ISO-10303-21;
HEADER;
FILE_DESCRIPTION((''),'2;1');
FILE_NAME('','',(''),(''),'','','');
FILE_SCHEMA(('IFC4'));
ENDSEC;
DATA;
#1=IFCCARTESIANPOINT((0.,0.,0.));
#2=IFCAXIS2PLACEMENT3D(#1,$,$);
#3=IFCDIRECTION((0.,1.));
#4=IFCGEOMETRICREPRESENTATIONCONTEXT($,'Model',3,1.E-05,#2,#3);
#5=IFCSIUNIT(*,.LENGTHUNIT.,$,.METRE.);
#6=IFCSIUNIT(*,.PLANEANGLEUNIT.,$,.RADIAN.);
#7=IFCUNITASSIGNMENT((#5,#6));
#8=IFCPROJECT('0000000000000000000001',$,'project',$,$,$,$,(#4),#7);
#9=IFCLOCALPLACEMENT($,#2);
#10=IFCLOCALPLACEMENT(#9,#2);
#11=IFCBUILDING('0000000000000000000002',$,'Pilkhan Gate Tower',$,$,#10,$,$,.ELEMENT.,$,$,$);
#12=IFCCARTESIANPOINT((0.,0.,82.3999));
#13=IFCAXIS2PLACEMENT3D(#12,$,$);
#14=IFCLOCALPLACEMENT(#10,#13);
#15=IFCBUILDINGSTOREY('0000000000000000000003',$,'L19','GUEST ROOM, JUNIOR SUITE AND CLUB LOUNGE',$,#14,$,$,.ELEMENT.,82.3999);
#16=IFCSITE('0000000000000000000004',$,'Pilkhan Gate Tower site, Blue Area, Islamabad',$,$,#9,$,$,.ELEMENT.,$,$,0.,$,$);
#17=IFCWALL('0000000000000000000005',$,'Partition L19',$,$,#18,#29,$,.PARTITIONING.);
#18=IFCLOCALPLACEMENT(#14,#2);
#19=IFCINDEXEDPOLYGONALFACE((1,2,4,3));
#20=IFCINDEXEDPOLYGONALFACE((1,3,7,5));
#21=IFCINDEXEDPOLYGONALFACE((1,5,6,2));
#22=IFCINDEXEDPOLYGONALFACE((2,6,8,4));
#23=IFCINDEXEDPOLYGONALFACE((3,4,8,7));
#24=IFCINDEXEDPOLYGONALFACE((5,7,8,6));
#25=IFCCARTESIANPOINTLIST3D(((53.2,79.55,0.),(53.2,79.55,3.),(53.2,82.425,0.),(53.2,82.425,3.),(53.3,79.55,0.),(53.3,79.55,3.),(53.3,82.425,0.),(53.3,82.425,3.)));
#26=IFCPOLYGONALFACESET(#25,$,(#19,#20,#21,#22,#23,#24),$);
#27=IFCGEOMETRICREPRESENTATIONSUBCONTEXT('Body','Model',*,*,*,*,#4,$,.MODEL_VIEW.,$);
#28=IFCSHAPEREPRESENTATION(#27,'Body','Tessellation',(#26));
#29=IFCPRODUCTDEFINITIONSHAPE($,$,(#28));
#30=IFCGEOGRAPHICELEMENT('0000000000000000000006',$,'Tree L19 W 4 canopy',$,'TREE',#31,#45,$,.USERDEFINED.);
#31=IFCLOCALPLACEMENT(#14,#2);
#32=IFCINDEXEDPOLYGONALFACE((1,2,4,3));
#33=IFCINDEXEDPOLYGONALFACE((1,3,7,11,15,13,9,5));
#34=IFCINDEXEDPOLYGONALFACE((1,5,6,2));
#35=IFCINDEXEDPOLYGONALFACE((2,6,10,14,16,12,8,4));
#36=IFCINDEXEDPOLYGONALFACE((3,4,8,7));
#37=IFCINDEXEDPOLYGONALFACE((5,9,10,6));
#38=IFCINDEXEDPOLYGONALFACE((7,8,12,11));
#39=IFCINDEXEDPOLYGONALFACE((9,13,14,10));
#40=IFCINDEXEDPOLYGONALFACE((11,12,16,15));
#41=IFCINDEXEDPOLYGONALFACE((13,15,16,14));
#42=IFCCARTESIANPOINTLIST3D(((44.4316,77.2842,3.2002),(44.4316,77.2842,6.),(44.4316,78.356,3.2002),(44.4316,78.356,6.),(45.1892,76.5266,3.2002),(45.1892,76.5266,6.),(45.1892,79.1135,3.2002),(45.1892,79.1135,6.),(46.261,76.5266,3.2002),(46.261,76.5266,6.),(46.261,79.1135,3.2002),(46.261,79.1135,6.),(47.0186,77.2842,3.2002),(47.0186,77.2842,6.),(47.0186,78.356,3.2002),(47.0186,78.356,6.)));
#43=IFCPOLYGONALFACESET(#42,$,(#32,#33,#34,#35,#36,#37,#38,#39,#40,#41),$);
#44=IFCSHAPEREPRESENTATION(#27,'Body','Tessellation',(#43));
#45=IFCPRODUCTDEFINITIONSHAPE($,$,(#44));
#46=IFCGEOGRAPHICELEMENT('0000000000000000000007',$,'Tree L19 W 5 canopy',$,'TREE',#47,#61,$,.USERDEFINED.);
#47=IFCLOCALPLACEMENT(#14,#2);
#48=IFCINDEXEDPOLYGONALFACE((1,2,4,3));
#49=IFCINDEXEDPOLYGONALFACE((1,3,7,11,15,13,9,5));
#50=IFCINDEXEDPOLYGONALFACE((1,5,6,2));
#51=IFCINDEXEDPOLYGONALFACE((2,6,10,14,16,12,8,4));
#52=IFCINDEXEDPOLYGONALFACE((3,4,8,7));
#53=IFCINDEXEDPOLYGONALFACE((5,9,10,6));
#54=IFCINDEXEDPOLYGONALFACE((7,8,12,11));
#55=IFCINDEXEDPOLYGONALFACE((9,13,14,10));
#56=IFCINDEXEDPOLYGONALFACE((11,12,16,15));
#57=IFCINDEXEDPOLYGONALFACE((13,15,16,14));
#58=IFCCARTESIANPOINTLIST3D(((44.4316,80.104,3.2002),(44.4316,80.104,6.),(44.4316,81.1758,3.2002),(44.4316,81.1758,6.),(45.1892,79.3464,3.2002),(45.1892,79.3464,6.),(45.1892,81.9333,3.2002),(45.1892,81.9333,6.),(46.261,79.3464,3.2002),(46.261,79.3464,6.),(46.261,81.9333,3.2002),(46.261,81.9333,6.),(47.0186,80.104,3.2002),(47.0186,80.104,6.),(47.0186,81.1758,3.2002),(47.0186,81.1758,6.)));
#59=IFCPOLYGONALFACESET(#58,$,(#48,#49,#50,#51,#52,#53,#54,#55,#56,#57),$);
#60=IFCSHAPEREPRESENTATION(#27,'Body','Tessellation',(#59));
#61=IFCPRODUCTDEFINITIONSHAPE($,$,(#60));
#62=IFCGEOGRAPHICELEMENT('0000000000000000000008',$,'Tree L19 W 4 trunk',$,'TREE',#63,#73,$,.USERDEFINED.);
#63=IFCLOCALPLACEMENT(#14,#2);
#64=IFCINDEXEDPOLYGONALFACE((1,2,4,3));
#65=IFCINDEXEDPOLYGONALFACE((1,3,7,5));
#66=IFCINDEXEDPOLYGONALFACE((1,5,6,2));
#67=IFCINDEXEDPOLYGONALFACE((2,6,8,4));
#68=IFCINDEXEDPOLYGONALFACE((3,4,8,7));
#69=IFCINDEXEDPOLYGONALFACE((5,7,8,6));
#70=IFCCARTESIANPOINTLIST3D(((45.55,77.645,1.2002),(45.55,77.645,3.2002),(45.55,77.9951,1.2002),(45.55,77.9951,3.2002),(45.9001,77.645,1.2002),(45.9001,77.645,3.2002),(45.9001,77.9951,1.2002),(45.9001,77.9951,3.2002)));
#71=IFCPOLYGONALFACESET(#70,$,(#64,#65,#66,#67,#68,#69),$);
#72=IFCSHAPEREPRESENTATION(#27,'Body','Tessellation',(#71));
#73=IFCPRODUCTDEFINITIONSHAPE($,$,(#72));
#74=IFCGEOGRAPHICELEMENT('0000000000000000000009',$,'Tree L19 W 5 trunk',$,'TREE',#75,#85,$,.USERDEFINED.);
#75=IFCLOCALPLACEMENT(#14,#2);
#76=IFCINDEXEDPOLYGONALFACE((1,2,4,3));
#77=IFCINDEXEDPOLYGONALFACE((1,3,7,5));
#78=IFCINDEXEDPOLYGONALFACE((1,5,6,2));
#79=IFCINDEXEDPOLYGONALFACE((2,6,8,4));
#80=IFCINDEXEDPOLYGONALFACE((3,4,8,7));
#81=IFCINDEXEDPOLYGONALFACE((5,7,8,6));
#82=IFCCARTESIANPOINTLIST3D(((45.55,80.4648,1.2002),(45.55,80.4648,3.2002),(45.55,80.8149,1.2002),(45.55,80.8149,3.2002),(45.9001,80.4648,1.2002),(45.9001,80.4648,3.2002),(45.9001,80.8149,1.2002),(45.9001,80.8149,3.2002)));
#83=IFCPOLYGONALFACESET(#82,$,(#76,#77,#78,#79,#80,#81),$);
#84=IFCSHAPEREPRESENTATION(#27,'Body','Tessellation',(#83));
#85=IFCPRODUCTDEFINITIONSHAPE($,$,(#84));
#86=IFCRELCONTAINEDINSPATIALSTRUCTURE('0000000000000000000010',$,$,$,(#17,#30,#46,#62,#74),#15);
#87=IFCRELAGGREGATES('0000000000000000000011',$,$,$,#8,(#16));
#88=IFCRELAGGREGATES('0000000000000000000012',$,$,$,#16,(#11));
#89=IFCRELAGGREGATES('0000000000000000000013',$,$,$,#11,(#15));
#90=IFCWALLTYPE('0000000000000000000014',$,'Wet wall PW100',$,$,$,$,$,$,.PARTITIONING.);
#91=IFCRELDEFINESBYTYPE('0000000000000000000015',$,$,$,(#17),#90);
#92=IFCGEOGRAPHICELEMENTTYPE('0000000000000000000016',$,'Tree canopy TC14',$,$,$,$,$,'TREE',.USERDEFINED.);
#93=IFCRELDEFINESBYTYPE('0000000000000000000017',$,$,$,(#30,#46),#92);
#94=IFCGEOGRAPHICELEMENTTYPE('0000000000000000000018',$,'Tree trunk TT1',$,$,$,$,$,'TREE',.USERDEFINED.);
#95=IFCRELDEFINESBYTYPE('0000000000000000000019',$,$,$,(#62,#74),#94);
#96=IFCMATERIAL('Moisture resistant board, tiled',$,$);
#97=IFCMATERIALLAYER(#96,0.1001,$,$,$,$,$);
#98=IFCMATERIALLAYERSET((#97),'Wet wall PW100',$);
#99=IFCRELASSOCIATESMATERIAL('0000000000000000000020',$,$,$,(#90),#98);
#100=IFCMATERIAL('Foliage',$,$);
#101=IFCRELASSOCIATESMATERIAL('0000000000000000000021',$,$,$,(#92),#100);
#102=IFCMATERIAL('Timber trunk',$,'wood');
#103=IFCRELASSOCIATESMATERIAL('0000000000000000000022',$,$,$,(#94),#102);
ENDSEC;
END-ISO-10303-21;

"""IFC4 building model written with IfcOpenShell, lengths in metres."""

from ifc_helpers import new_model, si_unit, direction, frame, frame_2d, origin, origin_2d, place, context, subcontext, project, spatial, polyline, rectangle, outline, extrude, material, layer, layer_set, material_profile, profile_set, type_object, element, save


model = new_model("IFC4")

# Units and contexts
model_context = context("Model", 3, precision=1e-05, world=origin(), true_north=direction((0.0, 1.0)))
body_context = subcontext(model_context, "Body", "Model", "MODEL_VIEW")
ifc_project = project(units=[si_unit("LENGTHUNIT", "METRE"), si_unit("PLANEANGLEUNIT", "RADIAN")], contexts=[model_context])

# Site, building, storey
site_placement = place(None, origin())
site = spatial("IfcSite", under=ifc_project, at=site_placement, Name="Pilkhan Gate Tower site, Blue Area, Islamabad", CompositionType="ELEMENT", RefElevation=0.0)
building_placement = place(site_placement, origin())
building = spatial("IfcBuilding", under=site, at=building_placement, Name="Pilkhan Gate Tower", CompositionType="ELEMENT")
storey_placement = place(building_placement, frame((0.0, 0.0, 82.3999)))
storey = spatial("IfcBuildingStorey", under=building, at=storey_placement, Name="L19", Description="GUEST ROOM, JUNIOR SUITE AND CLUB LOUNGE", CompositionType="ELEMENT", Elevation=82.3999)

# Shared definitions
ifc_material_1 = material(Name="Moisture resistant board, tiled")
ifc_layer_1 = layer(ifc_material_1, 0.1001)
ifc_layer_set_1 = layer_set([ifc_layer_1], Name="Wet wall PW100")
wall_type_1 = type_object("IfcWallType", Name="Wet wall PW100", PredefinedType="PARTITIONING", material=ifc_layer_set_1)

# Wall
wall_1_placement = place(storey_placement, frame((53.25, 79.55, 0.0), z_axis=(0.0, 0.0, 1.0), x_axis=(0.0, 1.0, 0.0)))
element("IfcWall", 1, at=wall_1_placement, inside=storey, type_object=wall_type_1, Name="Partition L19", PredefinedType="PARTITIONING", context=body_context, shape_type="SweptSolid", body=[
    extrude(rectangle(XDim=2.875, YDim=0.1001, at=frame_2d((1.4375, 0.0))), origin(), (0.0, 0.0, 1.0), 3.0),
])

# Geographic elements
ifc_material_2 = material(Name="Foliage")
ifc_material_profile_1 = material_profile(ifc_material_2, outline(polyline([(1.2935, 0.5359), (0.5359, 1.2935), (-0.5359, 1.2935), (-1.2935, 0.5359), (-1.2935, -0.5359), (-0.5359, -1.2935), (0.5359, -1.2935), (1.2935, -0.5359), (1.2935, 0.5359)])), Name="Canopy D2.8")
ifc_profile_set_1 = profile_set([ifc_material_profile_1], Name="Foliage")
geographic_element_type_1 = type_object("IfcGeographicElementType", Name="Tree canopy TC14", ElementType="TREE", PredefinedType="USERDEFINED", material=ifc_profile_set_1)
for number, where, z_axis, x_axis, name in (
    (2, (45.7251, 77.8201, 3.2002), (0.0, 0.0, 1.0), (1.0, 0.0, 0.0), "Tree L19 W 4 canopy"),
    (3, (45.7251, 80.6399, 3.2002), (0.0, 0.0, 1.0), (1.0, 0.0, 0.0), "Tree L19 W 5 canopy"),
):
    element("IfcGeographicElement", number, at=place(storey_placement, frame(where, z_axis=z_axis, x_axis=x_axis)), inside=storey, type_object=geographic_element_type_1, Name=name, ObjectType="TREE", PredefinedType="USERDEFINED", context=body_context, shape_type="SweptSolid", body=[
        extrude(outline(polyline([(1.2935, 0.5359), (0.5359, 1.2935), (-0.5359, 1.2935), (-1.2935, 0.5359), (-1.2935, -0.5359), (-0.5359, -1.2935), (0.5359, -1.2935), (1.2935, -0.5359), (1.2935, 0.5359)])), origin(), (0.0, 0.0, 1.0), 2.7998),
    ])
ifc_material_3 = material(Name="Timber trunk", Category="wood")
geographic_element_type_2 = type_object("IfcGeographicElementType", Name="Tree trunk TT1", ElementType="TREE", PredefinedType="USERDEFINED", material=ifc_material_3)
for number, where, z_axis, x_axis, name in (
    (4, (45.7251, 77.8201, 1.2002), (0.0, 0.0, 1.0), (1.0, 0.0, 0.0), "Tree L19 W 4 trunk"),
    (5, (45.7251, 80.6399, 1.2002), (0.0, 0.0, 1.0), (1.0, 0.0, 0.0), "Tree L19 W 5 trunk"),
):
    element("IfcGeographicElement", number, at=place(storey_placement, frame(where, z_axis=z_axis, x_axis=x_axis)), inside=storey, type_object=geographic_element_type_2, Name=name, ObjectType="TREE", PredefinedType="USERDEFINED", context=body_context, shape_type="SweptSolid", body=[
        extrude(rectangle(XDim=0.3501, YDim=0.3501, at=origin_2d()), origin(), (0.0, 0.0, 1.0), 2.0),
    ])

save(model, "model.ifc")
